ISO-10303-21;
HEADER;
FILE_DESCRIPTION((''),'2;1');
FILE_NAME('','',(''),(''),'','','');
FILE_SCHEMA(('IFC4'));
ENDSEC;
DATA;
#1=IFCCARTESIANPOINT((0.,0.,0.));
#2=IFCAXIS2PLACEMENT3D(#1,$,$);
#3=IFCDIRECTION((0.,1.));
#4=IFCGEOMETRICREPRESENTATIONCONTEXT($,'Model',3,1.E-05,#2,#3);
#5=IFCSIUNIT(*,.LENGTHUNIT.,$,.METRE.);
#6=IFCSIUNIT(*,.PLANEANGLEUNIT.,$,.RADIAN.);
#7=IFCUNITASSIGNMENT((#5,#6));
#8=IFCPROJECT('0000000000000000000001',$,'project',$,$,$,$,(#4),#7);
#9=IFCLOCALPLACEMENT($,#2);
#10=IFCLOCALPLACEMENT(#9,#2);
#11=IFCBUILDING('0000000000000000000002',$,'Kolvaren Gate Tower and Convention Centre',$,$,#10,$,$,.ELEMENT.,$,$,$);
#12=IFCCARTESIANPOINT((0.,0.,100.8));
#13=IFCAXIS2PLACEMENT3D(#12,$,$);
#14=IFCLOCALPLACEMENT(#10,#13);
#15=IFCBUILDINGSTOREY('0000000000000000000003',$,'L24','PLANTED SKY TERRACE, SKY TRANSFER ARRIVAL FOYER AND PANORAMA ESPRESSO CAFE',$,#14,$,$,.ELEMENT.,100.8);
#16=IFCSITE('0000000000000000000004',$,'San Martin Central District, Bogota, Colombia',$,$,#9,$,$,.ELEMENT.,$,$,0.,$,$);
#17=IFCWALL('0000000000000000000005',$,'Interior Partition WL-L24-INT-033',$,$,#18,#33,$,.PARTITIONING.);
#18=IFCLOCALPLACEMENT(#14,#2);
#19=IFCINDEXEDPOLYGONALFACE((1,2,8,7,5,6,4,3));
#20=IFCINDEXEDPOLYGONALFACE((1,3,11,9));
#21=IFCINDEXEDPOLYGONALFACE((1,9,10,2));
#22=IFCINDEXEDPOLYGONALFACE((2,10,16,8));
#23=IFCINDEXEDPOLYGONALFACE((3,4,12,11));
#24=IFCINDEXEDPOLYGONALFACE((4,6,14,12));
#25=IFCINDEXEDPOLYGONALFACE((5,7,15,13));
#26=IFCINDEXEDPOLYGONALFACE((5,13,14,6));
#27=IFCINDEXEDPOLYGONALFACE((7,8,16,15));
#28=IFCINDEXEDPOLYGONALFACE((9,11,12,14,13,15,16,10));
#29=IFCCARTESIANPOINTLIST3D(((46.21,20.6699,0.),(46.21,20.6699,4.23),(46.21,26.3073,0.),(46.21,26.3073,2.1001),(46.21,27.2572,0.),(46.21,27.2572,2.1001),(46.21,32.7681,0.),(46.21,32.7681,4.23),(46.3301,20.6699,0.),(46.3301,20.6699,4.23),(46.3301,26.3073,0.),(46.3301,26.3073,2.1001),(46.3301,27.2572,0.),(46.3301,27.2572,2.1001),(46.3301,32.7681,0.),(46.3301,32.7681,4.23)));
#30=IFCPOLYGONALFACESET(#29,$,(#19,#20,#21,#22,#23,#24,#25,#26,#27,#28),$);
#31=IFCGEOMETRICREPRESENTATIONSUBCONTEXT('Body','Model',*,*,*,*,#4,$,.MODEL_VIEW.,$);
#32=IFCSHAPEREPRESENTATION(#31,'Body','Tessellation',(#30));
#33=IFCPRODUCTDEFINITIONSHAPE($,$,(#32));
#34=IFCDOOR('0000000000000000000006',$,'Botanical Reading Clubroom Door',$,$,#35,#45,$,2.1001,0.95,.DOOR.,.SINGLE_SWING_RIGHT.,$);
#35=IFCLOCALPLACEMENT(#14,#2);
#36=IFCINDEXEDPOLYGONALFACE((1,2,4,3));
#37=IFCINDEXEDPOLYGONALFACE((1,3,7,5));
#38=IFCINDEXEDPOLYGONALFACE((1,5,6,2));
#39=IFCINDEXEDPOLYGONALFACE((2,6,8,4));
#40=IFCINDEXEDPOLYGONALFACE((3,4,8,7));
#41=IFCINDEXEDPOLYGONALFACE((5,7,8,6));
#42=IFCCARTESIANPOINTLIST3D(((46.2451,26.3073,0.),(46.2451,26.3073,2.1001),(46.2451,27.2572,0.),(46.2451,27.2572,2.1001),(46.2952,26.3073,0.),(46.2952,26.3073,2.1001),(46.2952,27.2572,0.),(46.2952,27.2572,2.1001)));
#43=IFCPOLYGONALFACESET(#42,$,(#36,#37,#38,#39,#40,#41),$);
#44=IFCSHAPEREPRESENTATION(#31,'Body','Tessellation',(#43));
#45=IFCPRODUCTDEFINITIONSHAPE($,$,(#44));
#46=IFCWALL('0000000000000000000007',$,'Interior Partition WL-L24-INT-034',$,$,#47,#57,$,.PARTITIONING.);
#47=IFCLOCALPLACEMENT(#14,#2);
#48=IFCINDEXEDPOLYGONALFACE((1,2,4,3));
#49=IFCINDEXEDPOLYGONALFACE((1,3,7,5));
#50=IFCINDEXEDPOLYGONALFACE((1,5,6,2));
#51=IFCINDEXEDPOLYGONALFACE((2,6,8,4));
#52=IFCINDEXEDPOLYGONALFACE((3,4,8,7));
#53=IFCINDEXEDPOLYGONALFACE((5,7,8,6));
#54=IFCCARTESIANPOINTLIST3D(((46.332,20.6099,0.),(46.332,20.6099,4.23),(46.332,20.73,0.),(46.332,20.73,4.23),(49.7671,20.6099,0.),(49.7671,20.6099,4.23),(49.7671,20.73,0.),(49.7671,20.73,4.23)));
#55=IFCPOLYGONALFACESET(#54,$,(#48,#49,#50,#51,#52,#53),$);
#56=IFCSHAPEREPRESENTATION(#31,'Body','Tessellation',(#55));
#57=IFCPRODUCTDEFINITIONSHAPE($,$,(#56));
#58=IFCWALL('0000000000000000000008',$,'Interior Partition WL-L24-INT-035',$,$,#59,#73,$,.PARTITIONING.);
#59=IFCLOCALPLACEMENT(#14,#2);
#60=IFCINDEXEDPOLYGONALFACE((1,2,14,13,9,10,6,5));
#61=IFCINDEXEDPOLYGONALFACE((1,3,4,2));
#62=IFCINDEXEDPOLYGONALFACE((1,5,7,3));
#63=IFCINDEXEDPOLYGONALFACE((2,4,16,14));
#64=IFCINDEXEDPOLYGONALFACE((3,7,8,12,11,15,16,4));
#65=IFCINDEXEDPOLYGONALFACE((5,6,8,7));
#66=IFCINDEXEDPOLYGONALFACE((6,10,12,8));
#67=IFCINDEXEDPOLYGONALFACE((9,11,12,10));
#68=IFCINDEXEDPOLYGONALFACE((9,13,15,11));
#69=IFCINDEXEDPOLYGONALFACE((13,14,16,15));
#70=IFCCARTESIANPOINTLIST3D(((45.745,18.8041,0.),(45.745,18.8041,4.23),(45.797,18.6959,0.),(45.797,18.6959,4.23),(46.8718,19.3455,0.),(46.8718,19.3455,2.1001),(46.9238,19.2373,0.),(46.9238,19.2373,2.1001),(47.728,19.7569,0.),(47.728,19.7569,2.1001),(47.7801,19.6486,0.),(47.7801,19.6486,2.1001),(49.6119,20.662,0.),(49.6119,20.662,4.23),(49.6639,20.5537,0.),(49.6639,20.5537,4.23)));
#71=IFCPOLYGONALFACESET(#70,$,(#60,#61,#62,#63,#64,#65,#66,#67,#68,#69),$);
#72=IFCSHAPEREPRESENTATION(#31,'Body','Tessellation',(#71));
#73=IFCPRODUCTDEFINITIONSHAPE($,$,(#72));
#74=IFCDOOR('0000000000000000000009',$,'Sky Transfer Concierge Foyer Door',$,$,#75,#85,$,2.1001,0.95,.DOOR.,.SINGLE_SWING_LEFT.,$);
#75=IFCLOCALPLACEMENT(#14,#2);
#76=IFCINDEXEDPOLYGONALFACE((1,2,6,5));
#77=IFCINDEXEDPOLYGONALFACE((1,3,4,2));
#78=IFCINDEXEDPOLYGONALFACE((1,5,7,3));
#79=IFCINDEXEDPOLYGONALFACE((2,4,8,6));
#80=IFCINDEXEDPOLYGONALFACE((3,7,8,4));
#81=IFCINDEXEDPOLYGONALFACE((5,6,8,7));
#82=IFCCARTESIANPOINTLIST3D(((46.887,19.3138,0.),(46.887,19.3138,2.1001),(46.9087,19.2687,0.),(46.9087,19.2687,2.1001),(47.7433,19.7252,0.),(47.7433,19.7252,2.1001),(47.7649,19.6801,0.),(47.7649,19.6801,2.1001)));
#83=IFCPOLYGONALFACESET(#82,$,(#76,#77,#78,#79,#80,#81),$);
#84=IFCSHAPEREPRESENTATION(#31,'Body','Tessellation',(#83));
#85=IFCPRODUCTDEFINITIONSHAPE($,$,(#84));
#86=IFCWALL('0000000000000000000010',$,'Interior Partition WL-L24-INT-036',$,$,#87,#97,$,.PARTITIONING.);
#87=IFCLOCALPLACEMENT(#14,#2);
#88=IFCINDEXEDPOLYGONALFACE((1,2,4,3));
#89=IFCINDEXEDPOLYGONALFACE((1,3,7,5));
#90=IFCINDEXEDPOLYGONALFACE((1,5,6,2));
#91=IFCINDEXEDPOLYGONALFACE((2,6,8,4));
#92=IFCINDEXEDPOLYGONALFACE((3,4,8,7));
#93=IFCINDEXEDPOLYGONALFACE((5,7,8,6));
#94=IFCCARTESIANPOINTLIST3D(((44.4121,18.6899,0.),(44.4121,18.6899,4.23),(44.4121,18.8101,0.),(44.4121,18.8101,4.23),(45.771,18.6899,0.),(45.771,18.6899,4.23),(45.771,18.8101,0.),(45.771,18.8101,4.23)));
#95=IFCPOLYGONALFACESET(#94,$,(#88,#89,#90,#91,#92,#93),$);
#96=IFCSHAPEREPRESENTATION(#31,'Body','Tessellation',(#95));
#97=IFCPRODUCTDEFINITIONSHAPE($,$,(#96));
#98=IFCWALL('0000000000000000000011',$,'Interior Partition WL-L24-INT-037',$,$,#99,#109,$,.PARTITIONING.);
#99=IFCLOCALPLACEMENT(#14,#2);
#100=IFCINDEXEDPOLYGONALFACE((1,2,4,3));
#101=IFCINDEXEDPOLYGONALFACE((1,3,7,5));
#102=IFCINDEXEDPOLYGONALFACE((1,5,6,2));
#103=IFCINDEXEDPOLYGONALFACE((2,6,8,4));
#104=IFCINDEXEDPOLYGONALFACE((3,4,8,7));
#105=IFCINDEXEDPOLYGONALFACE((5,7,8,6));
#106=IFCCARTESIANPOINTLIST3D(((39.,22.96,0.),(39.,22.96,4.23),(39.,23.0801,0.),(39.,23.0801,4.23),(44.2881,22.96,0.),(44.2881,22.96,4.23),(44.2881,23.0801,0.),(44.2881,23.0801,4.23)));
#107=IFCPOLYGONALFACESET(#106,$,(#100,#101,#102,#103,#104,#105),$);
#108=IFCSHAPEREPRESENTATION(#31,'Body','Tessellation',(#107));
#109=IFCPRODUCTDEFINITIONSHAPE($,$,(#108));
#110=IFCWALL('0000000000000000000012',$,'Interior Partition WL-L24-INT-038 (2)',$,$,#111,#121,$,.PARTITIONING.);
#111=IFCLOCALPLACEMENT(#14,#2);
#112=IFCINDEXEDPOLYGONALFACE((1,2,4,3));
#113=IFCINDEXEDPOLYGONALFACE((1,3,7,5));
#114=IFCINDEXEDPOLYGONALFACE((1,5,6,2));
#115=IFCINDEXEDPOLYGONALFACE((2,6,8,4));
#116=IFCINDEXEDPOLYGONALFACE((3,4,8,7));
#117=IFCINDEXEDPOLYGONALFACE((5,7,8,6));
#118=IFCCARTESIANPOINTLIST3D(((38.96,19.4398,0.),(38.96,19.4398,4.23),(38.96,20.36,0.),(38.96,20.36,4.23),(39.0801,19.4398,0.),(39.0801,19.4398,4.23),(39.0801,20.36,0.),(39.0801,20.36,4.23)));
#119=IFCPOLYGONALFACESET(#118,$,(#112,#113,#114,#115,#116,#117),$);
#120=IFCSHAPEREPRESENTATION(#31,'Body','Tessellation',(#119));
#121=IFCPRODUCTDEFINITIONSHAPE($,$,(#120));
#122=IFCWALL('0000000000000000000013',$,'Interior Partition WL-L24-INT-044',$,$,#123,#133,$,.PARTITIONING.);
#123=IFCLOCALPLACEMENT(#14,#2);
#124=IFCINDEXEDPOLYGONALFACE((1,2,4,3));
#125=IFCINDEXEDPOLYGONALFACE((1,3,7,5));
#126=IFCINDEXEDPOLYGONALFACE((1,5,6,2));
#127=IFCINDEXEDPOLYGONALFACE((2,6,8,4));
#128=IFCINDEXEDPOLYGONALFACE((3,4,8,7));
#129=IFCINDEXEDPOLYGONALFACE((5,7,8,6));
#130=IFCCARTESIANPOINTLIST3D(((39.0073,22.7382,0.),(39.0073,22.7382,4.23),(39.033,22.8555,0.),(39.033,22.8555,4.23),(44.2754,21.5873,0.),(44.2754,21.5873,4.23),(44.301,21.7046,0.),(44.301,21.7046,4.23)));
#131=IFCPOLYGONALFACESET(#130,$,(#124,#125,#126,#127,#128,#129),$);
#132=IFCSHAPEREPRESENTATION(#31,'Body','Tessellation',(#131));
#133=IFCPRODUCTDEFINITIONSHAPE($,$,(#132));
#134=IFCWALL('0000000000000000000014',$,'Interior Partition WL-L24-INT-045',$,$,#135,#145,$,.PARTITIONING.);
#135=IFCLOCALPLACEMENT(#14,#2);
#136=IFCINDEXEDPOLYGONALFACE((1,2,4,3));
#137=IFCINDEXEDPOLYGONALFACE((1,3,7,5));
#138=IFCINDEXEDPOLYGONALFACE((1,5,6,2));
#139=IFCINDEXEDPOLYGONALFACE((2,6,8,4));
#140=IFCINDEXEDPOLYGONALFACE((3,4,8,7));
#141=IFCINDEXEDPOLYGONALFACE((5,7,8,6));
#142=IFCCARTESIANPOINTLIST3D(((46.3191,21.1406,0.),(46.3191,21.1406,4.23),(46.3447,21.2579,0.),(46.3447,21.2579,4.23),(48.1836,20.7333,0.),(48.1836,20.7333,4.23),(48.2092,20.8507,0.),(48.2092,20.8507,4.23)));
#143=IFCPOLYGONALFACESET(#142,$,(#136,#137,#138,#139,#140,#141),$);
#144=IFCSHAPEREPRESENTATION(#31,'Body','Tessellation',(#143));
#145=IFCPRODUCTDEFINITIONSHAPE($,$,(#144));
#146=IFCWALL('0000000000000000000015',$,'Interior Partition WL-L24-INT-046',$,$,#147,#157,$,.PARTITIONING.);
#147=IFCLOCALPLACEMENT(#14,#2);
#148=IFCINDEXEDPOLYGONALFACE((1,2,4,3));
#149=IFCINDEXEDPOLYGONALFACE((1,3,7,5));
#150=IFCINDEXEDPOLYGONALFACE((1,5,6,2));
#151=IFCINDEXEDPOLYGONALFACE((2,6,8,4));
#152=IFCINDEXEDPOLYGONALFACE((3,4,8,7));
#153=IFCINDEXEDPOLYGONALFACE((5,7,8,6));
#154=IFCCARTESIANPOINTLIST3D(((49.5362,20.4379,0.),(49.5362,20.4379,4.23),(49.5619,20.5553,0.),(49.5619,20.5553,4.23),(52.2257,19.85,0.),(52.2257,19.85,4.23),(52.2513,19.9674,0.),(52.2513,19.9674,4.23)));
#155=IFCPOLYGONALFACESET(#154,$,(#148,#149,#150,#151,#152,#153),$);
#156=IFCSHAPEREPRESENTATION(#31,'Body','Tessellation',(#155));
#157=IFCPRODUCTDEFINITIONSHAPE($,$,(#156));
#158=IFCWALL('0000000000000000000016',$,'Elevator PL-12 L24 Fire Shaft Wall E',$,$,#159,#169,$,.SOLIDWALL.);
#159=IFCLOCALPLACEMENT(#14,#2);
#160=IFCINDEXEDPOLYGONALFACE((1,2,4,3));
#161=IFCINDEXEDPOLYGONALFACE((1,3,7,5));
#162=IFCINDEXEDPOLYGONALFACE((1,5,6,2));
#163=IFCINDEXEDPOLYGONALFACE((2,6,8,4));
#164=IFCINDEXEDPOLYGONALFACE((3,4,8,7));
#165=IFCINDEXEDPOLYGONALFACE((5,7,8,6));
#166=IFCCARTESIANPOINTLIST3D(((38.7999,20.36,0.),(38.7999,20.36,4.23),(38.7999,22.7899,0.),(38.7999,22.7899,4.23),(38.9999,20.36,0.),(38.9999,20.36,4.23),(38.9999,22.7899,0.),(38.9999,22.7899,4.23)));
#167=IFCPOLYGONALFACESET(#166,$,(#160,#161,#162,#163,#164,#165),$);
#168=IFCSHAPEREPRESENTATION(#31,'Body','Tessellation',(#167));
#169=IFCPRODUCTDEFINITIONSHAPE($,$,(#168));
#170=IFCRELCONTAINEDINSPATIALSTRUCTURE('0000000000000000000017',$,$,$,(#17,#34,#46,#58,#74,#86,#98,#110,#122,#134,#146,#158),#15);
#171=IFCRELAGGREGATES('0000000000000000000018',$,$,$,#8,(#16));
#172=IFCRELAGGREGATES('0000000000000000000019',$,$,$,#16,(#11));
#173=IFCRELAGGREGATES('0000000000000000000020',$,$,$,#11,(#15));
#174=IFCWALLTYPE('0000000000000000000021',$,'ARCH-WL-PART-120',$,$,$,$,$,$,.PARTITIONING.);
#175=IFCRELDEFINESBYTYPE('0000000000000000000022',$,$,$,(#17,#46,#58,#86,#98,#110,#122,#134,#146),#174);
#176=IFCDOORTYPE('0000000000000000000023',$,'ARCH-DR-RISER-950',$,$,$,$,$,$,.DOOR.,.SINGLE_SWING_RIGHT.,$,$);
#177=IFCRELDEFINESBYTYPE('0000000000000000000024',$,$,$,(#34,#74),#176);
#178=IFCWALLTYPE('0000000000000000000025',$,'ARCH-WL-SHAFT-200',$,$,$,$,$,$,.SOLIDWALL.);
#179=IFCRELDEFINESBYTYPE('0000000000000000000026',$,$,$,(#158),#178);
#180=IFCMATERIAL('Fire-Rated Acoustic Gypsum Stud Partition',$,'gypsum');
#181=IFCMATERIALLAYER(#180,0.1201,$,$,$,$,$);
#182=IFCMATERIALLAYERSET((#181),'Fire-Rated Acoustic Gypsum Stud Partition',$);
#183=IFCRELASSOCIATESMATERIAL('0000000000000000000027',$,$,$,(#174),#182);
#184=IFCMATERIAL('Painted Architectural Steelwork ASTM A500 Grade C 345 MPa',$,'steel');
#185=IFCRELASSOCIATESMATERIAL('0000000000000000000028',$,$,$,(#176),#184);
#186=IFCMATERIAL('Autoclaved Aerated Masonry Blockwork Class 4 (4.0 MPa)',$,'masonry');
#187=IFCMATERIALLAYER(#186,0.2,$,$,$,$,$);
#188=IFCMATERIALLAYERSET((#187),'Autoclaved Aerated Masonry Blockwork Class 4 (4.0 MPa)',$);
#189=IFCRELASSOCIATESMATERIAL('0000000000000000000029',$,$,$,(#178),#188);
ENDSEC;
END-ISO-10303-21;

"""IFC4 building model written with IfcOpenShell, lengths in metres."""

from ifc_helpers import new_model, si_unit, direction, frame, frame_2d, origin, place, context, subcontext, project, spatial, rectangle, extrude, material, layer, layer_set, type_object, element, fill, save


model = new_model("IFC4")

# Units and contexts
model_context = context("Model", 3, precision=1e-05, world=origin(), true_north=direction((0.0, 1.0)))
body_context = subcontext(model_context, "Body", "Model", "MODEL_VIEW")
ifc_project = project(units=[si_unit("LENGTHUNIT", "METRE"), si_unit("PLANEANGLEUNIT", "RADIAN")], contexts=[model_context])

# Site, building, storey
site_placement = place(None, origin())
site = spatial("IfcSite", under=ifc_project, at=site_placement, Name="San Martin Central District, Bogota, Colombia", CompositionType="ELEMENT", RefElevation=0.0)
building_placement = place(site_placement, origin())
building = spatial("IfcBuilding", under=site, at=building_placement, Name="Kolvaren Gate Tower and Convention Centre", CompositionType="ELEMENT")
storey_placement = place(building_placement, frame((0.0, 0.0, 100.8)))
storey = spatial("IfcBuildingStorey", under=building, at=storey_placement, Name="L24", Description="PLANTED SKY TERRACE, SKY TRANSFER ARRIVAL FOYER AND PANORAMA ESPRESSO CAFE", CompositionType="ELEMENT", Elevation=100.8)

# Shared definitions
ifc_material_1 = material(Name="Fire-Rated Acoustic Gypsum Stud Partition", Category="gypsum")
ifc_layer_1 = layer(ifc_material_1, 0.1201)
ifc_layer_set_1 = layer_set([ifc_layer_1], Name="Fire-Rated Acoustic Gypsum Stud Partition")
wall_type_1 = type_object("IfcWallType", Name="ARCH-WL-PART-120", PredefinedType="PARTITIONING", material=ifc_layer_set_1)

# Wall, opening, door
wall_1_placement = place(storey_placement, frame((46.27, 20.6699, 0.0), z_axis=(0.0, 0.0, 1.0), x_axis=(0.0, 1.0, 0.0)))
wall_1 = element("IfcWall", 1, at=wall_1_placement, inside=storey, type_object=wall_type_1, Name="Interior Partition WL-L24-INT-033", PredefinedType="PARTITIONING", context=body_context, shape_type="SweptSolid", body=[
    extrude(rectangle(XDim=12.0981, YDim=0.1201, at=frame_2d((6.0491, 0.0))), origin(), (0.0, 0.0, 1.0), 4.23),
])
opening_1_placement = place(wall_1_placement, frame((5.6372, 0.0, 0.0)))
opening_1 = element("IfcOpeningElement", 2, at=opening_1_placement, cuts=wall_1, PredefinedType="OPENING", context=body_context, shape_type="SweptSolid", body=[
    extrude(rectangle(XDim=0.95, YDim=2.1001, at=frame_2d((0.4751, 1.05))), frame((0.0, 0.0701, 0.0), z_axis=(0.0, -1.0, 0.0), x_axis=(1.0, 0.0, 0.0)), (0.0, 0.0, 1.0), 0.1401),
])
ifc_material_2 = material(Name="Painted Architectural Steelwork ASTM A500 Grade C 345 MPa", Category="steel")
door_type = type_object("IfcDoorType", Name="ARCH-DR-RISER-950", OperationType="SINGLE_SWING_RIGHT", PredefinedType="DOOR", material=ifc_material_2)
door_1_placement = place(opening_1_placement, origin())
door_1 = element("IfcDoor", 3, at=door_1_placement, inside=storey, type_object=door_type, Name="Botanical Reading Clubroom Door", OperationType="SINGLE_SWING_RIGHT", OverallHeight=2.1001, OverallWidth=0.95, PredefinedType="DOOR", context=body_context, shape_type="SweptSolid", body=[
    extrude(rectangle(XDim=0.95, YDim=2.1001, at=frame_2d((0.4751, 1.05))), frame((0.0, 0.0249, 0.0), z_axis=(0.0, -1.0, 0.0), x_axis=(1.0, 0.0, 0.0)), (0.0, 0.0, 1.0), 0.05),
])
fill(opening_1, door_1)

# Wall
wall_2_placement = place(storey_placement, frame((46.332, 20.6699, 0.0), z_axis=(0.0, 0.0, 1.0), x_axis=(1.0, 0.0, 0.0)))
element("IfcWall", 4, at=wall_2_placement, inside=storey, type_object=wall_type_1, Name="Interior Partition WL-L24-INT-034", PredefinedType="PARTITIONING", context=body_context, shape_type="SweptSolid", body=[
    extrude(rectangle(XDim=3.4351, YDim=0.1201, at=frame_2d((1.7175, 0.0))), origin(), (0.0, 0.0, 1.0), 4.23),
])

# Wall, opening, door
wall_3_placement = place(storey_placement, frame((45.771, 18.75, 0.0), z_axis=(0.0, 0.0, 1.0), x_axis=(0.901361, 0.433068, 0.0)))
wall_3 = element("IfcWall", 5, at=wall_3_placement, inside=storey, type_object=wall_type_1, Name="Interior Partition WL-L24-INT-035", PredefinedType="PARTITIONING", context=body_context, shape_type="SweptSolid", body=[
    extrude(rectangle(XDim=4.29, YDim=0.1201, at=frame_2d((2.145, 0.0))), origin(), (0.0, 0.0, 1.0), 4.23),
])
opening_2_placement = place(wall_3_placement, frame((1.25, 0.0, 0.0)))
opening_2 = element("IfcOpeningElement", 6, at=opening_2_placement, cuts=wall_3, PredefinedType="OPENING", context=body_context, shape_type="SweptSolid", body=[
    extrude(rectangle(XDim=0.95, YDim=2.1001, at=frame_2d((0.4751, 1.05))), frame((0.0, 0.0701, 0.0), z_axis=(0.0, -1.0, 0.0), x_axis=(1.0, 0.0, 0.0)), (0.0, 0.0, 1.0), 0.1401),
])
door_2_placement = place(opening_2_placement, origin())
door_2 = element("IfcDoor", 7, at=door_2_placement, inside=storey, type_object=door_type, Name="Sky Transfer Concierge Foyer Door", OperationType="SINGLE_SWING_LEFT", OverallHeight=2.1001, OverallWidth=0.95, PredefinedType="DOOR", context=body_context, shape_type="SweptSolid", body=[
    extrude(rectangle(XDim=0.95, YDim=2.1001, at=frame_2d((0.4751, 1.05))), frame((0.0, 0.0249, 0.0), z_axis=(0.0, -1.0, 0.0), x_axis=(1.0, 0.0, 0.0)), (0.0, 0.0, 1.0), 0.05),
])
fill(opening_2, door_2)

# Walls
wall_4_placement = place(storey_placement, frame((44.4121, 18.75, 0.0), z_axis=(0.0, 0.0, 1.0), x_axis=(1.0, 0.0, 0.0)))
element("IfcWall", 8, at=wall_4_placement, inside=storey, type_object=wall_type_1, Name="Interior Partition WL-L24-INT-036", PredefinedType="PARTITIONING", context=body_context, shape_type="SweptSolid", body=[
    extrude(rectangle(XDim=1.3589, YDim=0.1201, at=frame_2d((0.6794, 0.0))), origin(), (0.0, 0.0, 1.0), 4.23),
])
wall_5_placement = place(storey_placement, frame((39.0, 23.02, 0.0), z_axis=(0.0, 0.0, 1.0), x_axis=(1.0, 0.0, 0.0)))
element("IfcWall", 9, at=wall_5_placement, inside=storey, type_object=wall_type_1, Name="Interior Partition WL-L24-INT-037", PredefinedType="PARTITIONING", context=body_context, shape_type="SweptSolid", body=[
    extrude(rectangle(XDim=5.2881, YDim=0.1201, at=frame_2d((2.644, 0.0))), origin(), (0.0, 0.0, 1.0), 4.23),
])
wall_6_placement = place(storey_placement, frame((39.02, 19.4399, 0.0), z_axis=(0.0, 0.0, 1.0), x_axis=(0.0, 1.0, 0.0)))
element("IfcWall", 10, at=wall_6_placement, inside=storey, type_object=wall_type_1, Name="Interior Partition WL-L24-INT-038 (2)", PredefinedType="PARTITIONING", context=body_context, shape_type="SweptSolid", body=[
    extrude(rectangle(XDim=0.9202, YDim=0.1201, at=frame_2d((0.46, 0.0))), origin(), (0.0, 0.0, 1.0), 4.23),
])
wall_7_placement = place(storey_placement, frame((39.02, 22.7969, 0.0), z_axis=(0.0, 0.0, 1.0), x_axis=(0.976958, -0.21343, 0.0)))
element("IfcWall", 11, at=wall_7_placement, inside=storey, type_object=wall_type_1, Name="Interior Partition WL-L24-INT-044", PredefinedType="PARTITIONING", context=body_context, shape_type="SweptSolid", body=[
    extrude(rectangle(XDim=5.3923, YDim=0.1201, at=frame_2d((2.6963, 0.0))), origin(), (0.0, 0.0, 1.0), 4.23),
])
wall_8_placement = place(storey_placement, frame((46.332, 21.1992, 0.0), z_axis=(0.0, 0.0, 1.0), x_axis=(0.976969, -0.21338, 0.0)))
element("IfcWall", 12, at=wall_8_placement, inside=storey, type_object=wall_type_1, Name="Interior Partition WL-L24-INT-045", PredefinedType="PARTITIONING", context=body_context, shape_type="SweptSolid", body=[
    extrude(rectangle(XDim=1.9084, YDim=0.1201, at=frame_2d((0.9541, 0.0))), origin(), (0.0, 0.0, 1.0), 4.23),
])
wall_9_placement = place(storey_placement, frame((49.5491, 20.4966, 0.0), z_axis=(0.0, 0.0, 1.0), x_axis=(0.976932, -0.213549, 0.0)))
element("IfcWall", 13, at=wall_9_placement, inside=storey, type_object=wall_type_1, Name="Interior Partition WL-L24-INT-046", PredefinedType="PARTITIONING", context=body_context, shape_type="SweptSolid", body=[
    extrude(rectangle(XDim=2.7529, YDim=0.1201, at=frame_2d((1.3765, 0.0))), origin(), (0.0, 0.0, 1.0), 4.23),
])
ifc_material_3 = material(Name="Autoclaved Aerated Masonry Blockwork Class 4 (4.0 MPa)", Category="masonry")
ifc_layer_2 = layer(ifc_material_3, 0.2)
ifc_layer_set_2 = layer_set([ifc_layer_2], Name="Autoclaved Aerated Masonry Blockwork Class 4 (4.0 MPa)")
wall_type_2 = type_object("IfcWallType", Name="ARCH-WL-SHAFT-200", PredefinedType="SOLIDWALL", material=ifc_layer_set_2)
wall_10_placement = place(storey_placement, frame((38.8999, 20.3601, 0.0), z_axis=(0.0, 0.0, 1.0), x_axis=(0.0, 1.0, 0.0)))
element("IfcWall", 14, at=wall_10_placement, inside=storey, type_object=wall_type_2, Name="Elevator PL-12 L24 Fire Shaft Wall E", PredefinedType="SOLIDWALL", context=body_context, shape_type="SweptSolid", body=[
    extrude(rectangle(XDim=2.4299, YDim=0.2, at=frame_2d((1.2148, 0.0))), origin(), (0.0, 0.0, 1.0), 4.23),
])

save(model, "model.ifc")
